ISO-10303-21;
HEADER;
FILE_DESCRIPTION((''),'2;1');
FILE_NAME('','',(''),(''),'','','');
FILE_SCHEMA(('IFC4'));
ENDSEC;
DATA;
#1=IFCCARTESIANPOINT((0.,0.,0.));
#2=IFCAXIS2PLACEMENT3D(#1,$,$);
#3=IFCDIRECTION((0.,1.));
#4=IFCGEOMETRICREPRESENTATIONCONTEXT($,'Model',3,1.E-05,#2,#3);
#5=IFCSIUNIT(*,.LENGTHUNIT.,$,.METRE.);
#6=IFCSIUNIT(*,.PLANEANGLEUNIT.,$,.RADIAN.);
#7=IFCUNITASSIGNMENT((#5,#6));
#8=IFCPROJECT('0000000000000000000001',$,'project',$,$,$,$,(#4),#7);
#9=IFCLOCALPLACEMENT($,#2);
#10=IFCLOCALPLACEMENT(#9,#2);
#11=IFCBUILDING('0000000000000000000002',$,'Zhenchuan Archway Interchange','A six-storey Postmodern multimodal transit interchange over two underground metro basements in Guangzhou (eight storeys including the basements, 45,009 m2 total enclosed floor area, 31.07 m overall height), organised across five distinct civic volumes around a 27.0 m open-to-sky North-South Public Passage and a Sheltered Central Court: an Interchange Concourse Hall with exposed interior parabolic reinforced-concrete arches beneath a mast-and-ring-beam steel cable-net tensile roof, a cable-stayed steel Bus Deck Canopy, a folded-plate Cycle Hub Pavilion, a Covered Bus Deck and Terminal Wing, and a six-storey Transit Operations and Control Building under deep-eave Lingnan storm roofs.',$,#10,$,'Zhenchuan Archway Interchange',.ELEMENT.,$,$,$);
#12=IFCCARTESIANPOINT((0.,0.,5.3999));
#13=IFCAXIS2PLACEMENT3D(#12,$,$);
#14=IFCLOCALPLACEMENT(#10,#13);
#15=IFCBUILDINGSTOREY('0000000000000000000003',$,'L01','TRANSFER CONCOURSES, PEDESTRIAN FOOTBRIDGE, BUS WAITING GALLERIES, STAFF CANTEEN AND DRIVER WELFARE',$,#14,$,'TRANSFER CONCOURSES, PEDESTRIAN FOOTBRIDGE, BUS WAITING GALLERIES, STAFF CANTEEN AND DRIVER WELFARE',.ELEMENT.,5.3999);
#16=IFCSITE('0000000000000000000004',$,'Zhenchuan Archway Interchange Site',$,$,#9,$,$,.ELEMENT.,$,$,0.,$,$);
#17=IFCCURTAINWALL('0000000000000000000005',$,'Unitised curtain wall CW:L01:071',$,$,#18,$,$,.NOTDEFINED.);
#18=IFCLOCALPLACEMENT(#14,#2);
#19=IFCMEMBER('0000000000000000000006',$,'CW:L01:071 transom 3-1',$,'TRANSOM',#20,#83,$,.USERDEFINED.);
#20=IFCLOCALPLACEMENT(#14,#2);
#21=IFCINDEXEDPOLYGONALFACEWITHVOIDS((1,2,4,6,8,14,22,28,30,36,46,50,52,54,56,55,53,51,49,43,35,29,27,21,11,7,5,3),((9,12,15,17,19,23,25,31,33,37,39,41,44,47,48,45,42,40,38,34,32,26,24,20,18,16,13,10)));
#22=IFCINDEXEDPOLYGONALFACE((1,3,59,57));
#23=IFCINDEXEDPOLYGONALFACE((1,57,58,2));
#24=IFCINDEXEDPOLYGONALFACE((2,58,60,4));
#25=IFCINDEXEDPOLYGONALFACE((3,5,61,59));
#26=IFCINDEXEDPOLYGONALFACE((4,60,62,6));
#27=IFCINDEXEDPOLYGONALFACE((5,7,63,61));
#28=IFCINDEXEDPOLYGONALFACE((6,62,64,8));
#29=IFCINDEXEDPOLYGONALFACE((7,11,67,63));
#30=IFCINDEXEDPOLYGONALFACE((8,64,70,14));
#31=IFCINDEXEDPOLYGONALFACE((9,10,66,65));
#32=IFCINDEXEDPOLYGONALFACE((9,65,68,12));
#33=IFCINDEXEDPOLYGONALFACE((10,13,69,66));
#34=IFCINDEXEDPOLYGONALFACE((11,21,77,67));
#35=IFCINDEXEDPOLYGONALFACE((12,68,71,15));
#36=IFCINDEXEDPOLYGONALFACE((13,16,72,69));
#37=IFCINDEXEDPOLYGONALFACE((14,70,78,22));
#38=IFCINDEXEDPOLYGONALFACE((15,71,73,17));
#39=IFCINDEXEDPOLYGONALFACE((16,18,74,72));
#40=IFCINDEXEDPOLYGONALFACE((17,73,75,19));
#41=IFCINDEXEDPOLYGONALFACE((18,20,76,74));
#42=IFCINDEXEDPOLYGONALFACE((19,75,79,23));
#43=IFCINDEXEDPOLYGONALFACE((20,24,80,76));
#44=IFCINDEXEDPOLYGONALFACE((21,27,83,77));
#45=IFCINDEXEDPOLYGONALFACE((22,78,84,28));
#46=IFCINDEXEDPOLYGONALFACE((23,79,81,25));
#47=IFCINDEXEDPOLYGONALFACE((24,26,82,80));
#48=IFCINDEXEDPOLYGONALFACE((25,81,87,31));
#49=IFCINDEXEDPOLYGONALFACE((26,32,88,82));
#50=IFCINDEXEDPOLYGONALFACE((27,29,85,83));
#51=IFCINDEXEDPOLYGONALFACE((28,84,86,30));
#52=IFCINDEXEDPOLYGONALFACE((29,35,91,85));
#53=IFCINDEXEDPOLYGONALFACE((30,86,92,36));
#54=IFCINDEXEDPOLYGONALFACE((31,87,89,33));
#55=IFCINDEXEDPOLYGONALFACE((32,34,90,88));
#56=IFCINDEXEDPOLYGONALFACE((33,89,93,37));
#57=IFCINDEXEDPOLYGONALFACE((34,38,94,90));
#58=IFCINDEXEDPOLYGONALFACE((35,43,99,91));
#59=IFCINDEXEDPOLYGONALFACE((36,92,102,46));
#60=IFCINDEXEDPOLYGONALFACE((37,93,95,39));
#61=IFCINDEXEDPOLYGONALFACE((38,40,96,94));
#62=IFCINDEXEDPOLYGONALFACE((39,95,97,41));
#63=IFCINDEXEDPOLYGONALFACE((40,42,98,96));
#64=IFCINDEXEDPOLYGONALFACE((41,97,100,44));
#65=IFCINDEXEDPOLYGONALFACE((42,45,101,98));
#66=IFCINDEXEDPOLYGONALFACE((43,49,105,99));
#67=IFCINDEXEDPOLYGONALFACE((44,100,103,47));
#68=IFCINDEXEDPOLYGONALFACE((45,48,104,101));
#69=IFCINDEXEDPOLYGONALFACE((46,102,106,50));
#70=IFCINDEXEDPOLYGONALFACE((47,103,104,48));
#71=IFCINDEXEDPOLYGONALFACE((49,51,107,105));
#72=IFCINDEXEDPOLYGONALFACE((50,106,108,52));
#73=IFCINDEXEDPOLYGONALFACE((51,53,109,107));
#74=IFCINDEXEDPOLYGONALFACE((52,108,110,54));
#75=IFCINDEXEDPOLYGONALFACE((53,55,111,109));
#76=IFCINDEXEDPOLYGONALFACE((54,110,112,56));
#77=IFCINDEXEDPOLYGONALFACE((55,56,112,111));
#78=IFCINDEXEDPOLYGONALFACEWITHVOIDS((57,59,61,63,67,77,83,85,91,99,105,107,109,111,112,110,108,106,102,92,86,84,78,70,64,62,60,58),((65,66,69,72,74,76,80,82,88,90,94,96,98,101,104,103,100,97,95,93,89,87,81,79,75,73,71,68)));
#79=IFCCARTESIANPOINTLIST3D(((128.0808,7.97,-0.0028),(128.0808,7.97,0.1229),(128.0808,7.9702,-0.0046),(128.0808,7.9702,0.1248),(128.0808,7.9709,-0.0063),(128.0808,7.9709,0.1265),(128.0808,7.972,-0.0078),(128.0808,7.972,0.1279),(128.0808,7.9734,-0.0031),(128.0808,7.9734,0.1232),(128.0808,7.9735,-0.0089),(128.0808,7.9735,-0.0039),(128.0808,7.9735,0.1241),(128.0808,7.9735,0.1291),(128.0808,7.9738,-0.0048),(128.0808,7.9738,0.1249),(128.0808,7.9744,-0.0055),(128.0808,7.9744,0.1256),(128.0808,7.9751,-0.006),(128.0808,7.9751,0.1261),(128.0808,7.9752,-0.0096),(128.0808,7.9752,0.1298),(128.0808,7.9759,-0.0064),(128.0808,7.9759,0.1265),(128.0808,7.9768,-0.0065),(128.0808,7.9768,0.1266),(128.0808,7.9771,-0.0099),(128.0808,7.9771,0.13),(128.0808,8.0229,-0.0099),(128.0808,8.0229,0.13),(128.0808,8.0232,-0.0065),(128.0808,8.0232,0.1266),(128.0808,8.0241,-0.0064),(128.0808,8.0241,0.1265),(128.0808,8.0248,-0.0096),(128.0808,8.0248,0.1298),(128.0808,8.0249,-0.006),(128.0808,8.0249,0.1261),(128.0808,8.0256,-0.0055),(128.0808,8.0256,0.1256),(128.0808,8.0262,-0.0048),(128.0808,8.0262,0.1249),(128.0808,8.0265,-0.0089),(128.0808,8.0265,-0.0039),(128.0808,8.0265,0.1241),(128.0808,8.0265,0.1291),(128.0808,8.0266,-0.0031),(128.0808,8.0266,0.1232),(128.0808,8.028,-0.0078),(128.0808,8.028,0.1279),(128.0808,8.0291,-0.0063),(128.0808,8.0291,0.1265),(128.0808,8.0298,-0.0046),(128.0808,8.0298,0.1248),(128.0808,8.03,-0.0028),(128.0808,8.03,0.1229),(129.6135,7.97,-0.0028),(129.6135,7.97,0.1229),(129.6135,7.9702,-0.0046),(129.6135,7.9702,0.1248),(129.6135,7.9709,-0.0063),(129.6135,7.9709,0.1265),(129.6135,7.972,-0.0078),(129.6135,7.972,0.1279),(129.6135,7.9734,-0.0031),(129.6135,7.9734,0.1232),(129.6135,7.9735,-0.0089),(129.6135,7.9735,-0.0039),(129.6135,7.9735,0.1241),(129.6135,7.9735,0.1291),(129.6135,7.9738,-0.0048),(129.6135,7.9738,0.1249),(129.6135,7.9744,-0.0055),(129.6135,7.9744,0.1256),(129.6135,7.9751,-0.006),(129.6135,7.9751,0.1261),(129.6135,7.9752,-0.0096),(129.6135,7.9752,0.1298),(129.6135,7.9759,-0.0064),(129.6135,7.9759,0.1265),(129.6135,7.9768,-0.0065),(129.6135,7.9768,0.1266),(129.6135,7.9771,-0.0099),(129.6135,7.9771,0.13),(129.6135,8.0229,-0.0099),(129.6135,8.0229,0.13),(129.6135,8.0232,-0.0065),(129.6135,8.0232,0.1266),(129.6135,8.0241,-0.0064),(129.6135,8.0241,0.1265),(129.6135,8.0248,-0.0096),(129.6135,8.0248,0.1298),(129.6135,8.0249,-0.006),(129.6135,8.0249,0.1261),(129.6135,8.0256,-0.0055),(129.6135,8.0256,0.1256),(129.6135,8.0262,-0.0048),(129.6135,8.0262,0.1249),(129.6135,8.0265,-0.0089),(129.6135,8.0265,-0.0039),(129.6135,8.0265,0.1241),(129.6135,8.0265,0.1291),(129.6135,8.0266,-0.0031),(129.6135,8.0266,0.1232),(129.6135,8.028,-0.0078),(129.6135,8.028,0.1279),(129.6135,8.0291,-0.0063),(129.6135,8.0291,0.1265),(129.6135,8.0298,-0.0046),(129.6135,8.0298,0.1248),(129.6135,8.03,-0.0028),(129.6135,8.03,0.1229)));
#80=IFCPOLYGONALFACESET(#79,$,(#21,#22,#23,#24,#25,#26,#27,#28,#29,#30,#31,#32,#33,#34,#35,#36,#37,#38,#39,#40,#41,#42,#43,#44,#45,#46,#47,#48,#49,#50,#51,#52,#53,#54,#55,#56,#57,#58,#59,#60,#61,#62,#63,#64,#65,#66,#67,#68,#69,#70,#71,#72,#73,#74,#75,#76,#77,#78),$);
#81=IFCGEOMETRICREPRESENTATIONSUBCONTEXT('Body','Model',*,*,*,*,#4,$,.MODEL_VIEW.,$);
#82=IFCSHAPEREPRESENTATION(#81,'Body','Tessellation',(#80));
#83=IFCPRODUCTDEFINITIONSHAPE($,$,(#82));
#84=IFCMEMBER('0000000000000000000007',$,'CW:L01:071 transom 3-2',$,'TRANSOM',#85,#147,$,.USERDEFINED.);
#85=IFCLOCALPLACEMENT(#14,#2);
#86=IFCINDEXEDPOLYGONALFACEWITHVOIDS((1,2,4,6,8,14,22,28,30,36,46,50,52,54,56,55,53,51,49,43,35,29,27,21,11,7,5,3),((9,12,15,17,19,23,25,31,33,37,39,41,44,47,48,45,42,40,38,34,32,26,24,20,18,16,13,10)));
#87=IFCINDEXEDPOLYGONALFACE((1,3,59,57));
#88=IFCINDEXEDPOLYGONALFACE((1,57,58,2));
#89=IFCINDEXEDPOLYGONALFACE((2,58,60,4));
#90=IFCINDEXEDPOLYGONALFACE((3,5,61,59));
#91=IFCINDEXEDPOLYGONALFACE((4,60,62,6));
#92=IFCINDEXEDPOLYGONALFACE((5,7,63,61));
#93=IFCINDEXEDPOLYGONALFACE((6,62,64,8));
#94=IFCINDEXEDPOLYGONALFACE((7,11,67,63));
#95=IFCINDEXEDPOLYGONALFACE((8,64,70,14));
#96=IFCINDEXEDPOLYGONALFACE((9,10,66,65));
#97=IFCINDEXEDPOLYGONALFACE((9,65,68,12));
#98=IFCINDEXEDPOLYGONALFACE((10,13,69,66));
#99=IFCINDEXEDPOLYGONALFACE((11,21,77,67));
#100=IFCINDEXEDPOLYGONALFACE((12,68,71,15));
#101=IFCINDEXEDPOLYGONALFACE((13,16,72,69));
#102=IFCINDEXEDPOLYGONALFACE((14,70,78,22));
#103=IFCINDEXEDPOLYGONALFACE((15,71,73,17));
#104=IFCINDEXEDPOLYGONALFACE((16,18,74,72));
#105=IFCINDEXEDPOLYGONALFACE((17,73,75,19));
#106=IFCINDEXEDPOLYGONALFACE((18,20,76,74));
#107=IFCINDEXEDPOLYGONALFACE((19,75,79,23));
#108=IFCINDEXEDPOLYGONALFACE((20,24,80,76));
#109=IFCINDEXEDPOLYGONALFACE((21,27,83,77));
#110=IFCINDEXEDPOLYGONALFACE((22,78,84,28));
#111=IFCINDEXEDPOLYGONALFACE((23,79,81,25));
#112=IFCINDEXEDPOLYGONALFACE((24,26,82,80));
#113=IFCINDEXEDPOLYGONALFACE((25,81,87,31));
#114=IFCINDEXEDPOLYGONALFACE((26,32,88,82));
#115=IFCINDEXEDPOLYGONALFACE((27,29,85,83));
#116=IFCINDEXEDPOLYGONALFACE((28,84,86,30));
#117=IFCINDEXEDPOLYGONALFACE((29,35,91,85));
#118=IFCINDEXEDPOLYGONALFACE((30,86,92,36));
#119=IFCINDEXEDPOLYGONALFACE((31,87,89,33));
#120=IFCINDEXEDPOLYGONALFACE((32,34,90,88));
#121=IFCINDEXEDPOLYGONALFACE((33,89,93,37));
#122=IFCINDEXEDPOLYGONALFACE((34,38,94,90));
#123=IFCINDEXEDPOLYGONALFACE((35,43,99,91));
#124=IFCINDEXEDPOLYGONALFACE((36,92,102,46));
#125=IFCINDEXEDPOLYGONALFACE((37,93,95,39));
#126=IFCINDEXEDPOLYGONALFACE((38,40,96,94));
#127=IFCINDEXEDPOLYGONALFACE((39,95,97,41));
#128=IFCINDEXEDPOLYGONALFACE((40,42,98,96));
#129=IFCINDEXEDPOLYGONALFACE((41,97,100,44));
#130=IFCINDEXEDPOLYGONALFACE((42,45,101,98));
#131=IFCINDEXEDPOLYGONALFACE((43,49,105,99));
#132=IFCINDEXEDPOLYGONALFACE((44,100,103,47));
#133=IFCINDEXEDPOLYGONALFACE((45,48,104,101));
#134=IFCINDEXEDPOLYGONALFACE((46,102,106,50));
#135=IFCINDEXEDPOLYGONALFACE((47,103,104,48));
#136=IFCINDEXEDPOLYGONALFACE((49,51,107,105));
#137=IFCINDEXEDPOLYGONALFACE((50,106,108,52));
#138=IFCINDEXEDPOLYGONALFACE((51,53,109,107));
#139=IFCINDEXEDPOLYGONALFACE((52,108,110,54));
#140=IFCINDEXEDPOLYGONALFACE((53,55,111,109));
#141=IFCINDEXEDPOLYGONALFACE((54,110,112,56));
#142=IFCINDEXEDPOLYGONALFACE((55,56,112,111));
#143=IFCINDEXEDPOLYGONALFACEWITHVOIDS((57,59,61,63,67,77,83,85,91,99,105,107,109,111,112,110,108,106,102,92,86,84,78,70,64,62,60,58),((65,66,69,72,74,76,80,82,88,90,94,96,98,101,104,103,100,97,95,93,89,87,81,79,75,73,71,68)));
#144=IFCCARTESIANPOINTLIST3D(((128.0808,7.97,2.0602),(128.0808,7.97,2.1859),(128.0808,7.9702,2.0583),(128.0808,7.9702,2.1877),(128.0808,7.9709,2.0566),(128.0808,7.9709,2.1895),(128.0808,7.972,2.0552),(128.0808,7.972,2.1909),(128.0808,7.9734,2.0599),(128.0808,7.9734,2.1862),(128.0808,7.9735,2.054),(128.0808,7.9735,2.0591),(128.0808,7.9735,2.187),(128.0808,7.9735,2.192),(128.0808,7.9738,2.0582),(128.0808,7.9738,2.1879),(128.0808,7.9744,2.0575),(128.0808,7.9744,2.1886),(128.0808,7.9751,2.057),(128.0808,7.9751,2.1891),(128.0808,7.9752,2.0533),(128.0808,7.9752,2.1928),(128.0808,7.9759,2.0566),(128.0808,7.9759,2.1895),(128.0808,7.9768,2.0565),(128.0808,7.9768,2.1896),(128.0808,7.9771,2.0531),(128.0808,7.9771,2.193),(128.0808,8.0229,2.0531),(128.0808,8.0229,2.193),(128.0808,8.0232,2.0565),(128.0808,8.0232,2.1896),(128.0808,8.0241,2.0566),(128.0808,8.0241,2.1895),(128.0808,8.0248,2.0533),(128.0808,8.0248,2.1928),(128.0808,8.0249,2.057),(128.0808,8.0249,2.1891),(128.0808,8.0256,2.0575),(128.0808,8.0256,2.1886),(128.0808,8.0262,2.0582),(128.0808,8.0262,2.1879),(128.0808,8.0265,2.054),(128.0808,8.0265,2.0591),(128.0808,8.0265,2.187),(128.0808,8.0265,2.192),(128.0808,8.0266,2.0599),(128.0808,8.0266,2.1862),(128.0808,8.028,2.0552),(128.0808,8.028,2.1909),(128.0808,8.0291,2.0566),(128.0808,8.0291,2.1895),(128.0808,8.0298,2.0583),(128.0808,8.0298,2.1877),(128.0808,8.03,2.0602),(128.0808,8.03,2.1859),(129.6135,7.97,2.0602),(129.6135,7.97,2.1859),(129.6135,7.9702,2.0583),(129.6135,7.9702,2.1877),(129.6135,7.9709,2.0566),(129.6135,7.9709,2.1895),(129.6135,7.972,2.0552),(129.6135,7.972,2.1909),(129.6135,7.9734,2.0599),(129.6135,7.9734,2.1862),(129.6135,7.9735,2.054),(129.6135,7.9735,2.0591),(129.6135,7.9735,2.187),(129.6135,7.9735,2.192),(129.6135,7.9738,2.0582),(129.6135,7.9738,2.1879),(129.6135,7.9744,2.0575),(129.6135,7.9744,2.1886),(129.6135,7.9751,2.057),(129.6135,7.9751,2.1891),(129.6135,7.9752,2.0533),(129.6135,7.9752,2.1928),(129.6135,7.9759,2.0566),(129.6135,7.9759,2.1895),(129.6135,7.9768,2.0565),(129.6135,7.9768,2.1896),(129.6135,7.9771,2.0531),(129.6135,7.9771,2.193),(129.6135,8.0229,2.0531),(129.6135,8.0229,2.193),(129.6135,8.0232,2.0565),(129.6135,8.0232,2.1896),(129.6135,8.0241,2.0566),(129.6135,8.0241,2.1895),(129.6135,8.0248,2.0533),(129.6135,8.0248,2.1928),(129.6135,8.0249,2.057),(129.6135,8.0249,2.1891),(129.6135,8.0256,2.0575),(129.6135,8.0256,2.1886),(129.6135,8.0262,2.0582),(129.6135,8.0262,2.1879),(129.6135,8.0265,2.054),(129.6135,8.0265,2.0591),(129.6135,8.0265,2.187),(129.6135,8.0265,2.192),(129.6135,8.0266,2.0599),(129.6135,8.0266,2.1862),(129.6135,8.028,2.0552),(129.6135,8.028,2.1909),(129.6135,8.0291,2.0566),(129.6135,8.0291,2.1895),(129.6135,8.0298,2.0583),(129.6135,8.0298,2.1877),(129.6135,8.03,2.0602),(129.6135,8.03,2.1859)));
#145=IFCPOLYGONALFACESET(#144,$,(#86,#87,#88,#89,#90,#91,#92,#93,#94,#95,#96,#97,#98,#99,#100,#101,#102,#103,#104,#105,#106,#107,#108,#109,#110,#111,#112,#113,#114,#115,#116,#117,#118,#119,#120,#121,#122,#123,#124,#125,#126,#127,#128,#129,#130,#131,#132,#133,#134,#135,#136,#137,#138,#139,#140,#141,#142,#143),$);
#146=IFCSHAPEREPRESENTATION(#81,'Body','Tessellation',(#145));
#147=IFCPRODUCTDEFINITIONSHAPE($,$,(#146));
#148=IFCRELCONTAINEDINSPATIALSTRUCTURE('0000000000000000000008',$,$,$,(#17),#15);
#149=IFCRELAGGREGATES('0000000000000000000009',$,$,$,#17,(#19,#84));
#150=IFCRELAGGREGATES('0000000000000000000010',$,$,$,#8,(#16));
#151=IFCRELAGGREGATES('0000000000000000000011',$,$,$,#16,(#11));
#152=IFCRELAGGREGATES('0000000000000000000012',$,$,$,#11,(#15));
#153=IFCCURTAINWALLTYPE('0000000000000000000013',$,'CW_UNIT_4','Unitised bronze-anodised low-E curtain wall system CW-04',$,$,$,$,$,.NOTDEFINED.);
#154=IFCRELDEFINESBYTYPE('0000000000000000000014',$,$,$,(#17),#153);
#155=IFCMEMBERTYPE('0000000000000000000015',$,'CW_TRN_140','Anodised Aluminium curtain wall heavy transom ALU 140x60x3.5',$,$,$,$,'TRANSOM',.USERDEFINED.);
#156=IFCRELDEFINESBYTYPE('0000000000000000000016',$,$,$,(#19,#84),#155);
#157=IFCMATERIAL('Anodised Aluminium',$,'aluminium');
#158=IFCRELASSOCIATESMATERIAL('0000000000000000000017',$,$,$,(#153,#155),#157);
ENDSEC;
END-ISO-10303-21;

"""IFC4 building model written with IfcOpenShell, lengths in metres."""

from ifc_helpers import new_model, si_unit, direction, frame, origin, origin_2d, place, context, subcontext, project, spatial, hollow_rectangle, extrude, material, material_profile, profile_set, type_object, element, aggregate, save


model = new_model("IFC4")

# Units and contexts
model_context = context("Model", 3, precision=1e-05, world=origin(), true_north=direction((0.0, 1.0)))
body_context = subcontext(model_context, "Body", "Model", "MODEL_VIEW")
ifc_project = project(units=[si_unit("LENGTHUNIT", "METRE"), si_unit("PLANEANGLEUNIT", "RADIAN")], contexts=[model_context])

# Site, building, storey
site_placement = place(None, origin())
site = spatial("IfcSite", under=ifc_project, at=site_placement, Name="Zhenchuan Archway Interchange Site", CompositionType="ELEMENT", RefElevation=0.0)
building_placement = place(site_placement, origin())
building = spatial("IfcBuilding", under=site, at=building_placement, Name="Zhenchuan Archway Interchange", Description="A six-storey Postmodern multimodal transit interchange over two underground metro basements in Guangzhou (eight storeys including the basements, 45,009 m2 total enclosed floor area, 31.07 m overall height), organised across five distinct civic volumes around a 27.0 m open-to-sky North-South Public Passage and a Sheltered Central Court: an Interchange Concourse Hall with exposed interior parabolic reinforced-concrete arches beneath a mast-and-ring-beam steel cable-net tensile roof, a cable-stayed steel Bus Deck Canopy, a folded-plate Cycle Hub Pavilion, a Covered Bus Deck and Terminal Wing, and a six-storey Transit Operations and Control Building under deep-eave Lingnan storm roofs.", LongName="Zhenchuan Archway Interchange", CompositionType="ELEMENT")
storey_placement = place(building_placement, frame((0.0, 0.0, 5.3999)))
storey = spatial("IfcBuildingStorey", under=building, at=storey_placement, Name="L01", Description="TRANSFER CONCOURSES, PEDESTRIAN FOOTBRIDGE, BUS WAITING GALLERIES, STAFF CANTEEN AND DRIVER WELFARE", LongName="TRANSFER CONCOURSES, PEDESTRIAN FOOTBRIDGE, BUS WAITING GALLERIES, STAFF CANTEEN AND DRIVER WELFARE", CompositionType="ELEMENT", Elevation=5.3999)

# Curtain wall, members
ifc_material_1 = material(Name="Anodised Aluminium", Category="aluminium")
curtain_wall_type = type_object("IfcCurtainWallType", Name="CW_UNIT_4", Description="Unitised bronze-anodised low-E curtain wall system CW-04", PredefinedType="NOTDEFINED", material=ifc_material_1)
curtain_wall_placement = place(storey_placement, origin())
curtain_wall = element("IfcCurtainWall", 1, at=curtain_wall_placement, inside=storey, type_object=curtain_wall_type, Name="Unitised curtain wall CW:L01:071", PredefinedType="NOTDEFINED")
ifc_material_profile_1 = material_profile(ifc_material_1, hollow_rectangle(XDim=0.0601, YDim=0.1399, WallThickness=0.0034, InnerFilletRadius=0.0034, OuterFilletRadius=0.0071, at=origin_2d()), Name="ALU 140x60x3.5")
ifc_profile_set_1 = profile_set([ifc_material_profile_1], Name="Anodised Aluminium")
member_type_1 = type_object("IfcMemberType", Name="CW_TRN_140", Description="Anodised Aluminium curtain wall heavy transom ALU 140x60x3.5", ElementType="TRANSOM", PredefinedType="USERDEFINED", material=ifc_profile_set_1)
member_1_placement = place(storey_placement, frame((129.6135, 8.0, 0.0601), z_axis=(-1.0, 0.0, 0.0), x_axis=(0.0, -1.0, 0.0)))
member_1 = element("IfcMember", 2, at=member_1_placement, type_object=member_type_1, Name="CW:L01:071 transom 3-1", ObjectType="TRANSOM", PredefinedType="USERDEFINED", context=body_context, shape_type="SweptSolid", body=[
    extrude(hollow_rectangle(XDim=0.0601, YDim=0.1399, WallThickness=0.0034, InnerFilletRadius=0.0034, OuterFilletRadius=0.0071, at=origin_2d()), origin(), (0.0, 0.0, 1.0), 1.5327),
])
member_2_placement = place(storey_placement, frame((129.6135, 8.0, 2.123), z_axis=(-1.0, 0.0, 0.0), x_axis=(0.0, -1.0, 0.0)))
member_2 = element("IfcMember", 3, at=member_2_placement, type_object=member_type_1, Name="CW:L01:071 transom 3-2", ObjectType="TRANSOM", PredefinedType="USERDEFINED", context=body_context, shape_type="SweptSolid", body=[
    extrude(hollow_rectangle(XDim=0.0601, YDim=0.1399, WallThickness=0.0034, InnerFilletRadius=0.0034, OuterFilletRadius=0.0071, at=origin_2d()), origin(), (0.0, 0.0, 1.0), 1.5327),
])

aggregate(curtain_wall, [member_1, member_2])

save(model, "model.ifc")
